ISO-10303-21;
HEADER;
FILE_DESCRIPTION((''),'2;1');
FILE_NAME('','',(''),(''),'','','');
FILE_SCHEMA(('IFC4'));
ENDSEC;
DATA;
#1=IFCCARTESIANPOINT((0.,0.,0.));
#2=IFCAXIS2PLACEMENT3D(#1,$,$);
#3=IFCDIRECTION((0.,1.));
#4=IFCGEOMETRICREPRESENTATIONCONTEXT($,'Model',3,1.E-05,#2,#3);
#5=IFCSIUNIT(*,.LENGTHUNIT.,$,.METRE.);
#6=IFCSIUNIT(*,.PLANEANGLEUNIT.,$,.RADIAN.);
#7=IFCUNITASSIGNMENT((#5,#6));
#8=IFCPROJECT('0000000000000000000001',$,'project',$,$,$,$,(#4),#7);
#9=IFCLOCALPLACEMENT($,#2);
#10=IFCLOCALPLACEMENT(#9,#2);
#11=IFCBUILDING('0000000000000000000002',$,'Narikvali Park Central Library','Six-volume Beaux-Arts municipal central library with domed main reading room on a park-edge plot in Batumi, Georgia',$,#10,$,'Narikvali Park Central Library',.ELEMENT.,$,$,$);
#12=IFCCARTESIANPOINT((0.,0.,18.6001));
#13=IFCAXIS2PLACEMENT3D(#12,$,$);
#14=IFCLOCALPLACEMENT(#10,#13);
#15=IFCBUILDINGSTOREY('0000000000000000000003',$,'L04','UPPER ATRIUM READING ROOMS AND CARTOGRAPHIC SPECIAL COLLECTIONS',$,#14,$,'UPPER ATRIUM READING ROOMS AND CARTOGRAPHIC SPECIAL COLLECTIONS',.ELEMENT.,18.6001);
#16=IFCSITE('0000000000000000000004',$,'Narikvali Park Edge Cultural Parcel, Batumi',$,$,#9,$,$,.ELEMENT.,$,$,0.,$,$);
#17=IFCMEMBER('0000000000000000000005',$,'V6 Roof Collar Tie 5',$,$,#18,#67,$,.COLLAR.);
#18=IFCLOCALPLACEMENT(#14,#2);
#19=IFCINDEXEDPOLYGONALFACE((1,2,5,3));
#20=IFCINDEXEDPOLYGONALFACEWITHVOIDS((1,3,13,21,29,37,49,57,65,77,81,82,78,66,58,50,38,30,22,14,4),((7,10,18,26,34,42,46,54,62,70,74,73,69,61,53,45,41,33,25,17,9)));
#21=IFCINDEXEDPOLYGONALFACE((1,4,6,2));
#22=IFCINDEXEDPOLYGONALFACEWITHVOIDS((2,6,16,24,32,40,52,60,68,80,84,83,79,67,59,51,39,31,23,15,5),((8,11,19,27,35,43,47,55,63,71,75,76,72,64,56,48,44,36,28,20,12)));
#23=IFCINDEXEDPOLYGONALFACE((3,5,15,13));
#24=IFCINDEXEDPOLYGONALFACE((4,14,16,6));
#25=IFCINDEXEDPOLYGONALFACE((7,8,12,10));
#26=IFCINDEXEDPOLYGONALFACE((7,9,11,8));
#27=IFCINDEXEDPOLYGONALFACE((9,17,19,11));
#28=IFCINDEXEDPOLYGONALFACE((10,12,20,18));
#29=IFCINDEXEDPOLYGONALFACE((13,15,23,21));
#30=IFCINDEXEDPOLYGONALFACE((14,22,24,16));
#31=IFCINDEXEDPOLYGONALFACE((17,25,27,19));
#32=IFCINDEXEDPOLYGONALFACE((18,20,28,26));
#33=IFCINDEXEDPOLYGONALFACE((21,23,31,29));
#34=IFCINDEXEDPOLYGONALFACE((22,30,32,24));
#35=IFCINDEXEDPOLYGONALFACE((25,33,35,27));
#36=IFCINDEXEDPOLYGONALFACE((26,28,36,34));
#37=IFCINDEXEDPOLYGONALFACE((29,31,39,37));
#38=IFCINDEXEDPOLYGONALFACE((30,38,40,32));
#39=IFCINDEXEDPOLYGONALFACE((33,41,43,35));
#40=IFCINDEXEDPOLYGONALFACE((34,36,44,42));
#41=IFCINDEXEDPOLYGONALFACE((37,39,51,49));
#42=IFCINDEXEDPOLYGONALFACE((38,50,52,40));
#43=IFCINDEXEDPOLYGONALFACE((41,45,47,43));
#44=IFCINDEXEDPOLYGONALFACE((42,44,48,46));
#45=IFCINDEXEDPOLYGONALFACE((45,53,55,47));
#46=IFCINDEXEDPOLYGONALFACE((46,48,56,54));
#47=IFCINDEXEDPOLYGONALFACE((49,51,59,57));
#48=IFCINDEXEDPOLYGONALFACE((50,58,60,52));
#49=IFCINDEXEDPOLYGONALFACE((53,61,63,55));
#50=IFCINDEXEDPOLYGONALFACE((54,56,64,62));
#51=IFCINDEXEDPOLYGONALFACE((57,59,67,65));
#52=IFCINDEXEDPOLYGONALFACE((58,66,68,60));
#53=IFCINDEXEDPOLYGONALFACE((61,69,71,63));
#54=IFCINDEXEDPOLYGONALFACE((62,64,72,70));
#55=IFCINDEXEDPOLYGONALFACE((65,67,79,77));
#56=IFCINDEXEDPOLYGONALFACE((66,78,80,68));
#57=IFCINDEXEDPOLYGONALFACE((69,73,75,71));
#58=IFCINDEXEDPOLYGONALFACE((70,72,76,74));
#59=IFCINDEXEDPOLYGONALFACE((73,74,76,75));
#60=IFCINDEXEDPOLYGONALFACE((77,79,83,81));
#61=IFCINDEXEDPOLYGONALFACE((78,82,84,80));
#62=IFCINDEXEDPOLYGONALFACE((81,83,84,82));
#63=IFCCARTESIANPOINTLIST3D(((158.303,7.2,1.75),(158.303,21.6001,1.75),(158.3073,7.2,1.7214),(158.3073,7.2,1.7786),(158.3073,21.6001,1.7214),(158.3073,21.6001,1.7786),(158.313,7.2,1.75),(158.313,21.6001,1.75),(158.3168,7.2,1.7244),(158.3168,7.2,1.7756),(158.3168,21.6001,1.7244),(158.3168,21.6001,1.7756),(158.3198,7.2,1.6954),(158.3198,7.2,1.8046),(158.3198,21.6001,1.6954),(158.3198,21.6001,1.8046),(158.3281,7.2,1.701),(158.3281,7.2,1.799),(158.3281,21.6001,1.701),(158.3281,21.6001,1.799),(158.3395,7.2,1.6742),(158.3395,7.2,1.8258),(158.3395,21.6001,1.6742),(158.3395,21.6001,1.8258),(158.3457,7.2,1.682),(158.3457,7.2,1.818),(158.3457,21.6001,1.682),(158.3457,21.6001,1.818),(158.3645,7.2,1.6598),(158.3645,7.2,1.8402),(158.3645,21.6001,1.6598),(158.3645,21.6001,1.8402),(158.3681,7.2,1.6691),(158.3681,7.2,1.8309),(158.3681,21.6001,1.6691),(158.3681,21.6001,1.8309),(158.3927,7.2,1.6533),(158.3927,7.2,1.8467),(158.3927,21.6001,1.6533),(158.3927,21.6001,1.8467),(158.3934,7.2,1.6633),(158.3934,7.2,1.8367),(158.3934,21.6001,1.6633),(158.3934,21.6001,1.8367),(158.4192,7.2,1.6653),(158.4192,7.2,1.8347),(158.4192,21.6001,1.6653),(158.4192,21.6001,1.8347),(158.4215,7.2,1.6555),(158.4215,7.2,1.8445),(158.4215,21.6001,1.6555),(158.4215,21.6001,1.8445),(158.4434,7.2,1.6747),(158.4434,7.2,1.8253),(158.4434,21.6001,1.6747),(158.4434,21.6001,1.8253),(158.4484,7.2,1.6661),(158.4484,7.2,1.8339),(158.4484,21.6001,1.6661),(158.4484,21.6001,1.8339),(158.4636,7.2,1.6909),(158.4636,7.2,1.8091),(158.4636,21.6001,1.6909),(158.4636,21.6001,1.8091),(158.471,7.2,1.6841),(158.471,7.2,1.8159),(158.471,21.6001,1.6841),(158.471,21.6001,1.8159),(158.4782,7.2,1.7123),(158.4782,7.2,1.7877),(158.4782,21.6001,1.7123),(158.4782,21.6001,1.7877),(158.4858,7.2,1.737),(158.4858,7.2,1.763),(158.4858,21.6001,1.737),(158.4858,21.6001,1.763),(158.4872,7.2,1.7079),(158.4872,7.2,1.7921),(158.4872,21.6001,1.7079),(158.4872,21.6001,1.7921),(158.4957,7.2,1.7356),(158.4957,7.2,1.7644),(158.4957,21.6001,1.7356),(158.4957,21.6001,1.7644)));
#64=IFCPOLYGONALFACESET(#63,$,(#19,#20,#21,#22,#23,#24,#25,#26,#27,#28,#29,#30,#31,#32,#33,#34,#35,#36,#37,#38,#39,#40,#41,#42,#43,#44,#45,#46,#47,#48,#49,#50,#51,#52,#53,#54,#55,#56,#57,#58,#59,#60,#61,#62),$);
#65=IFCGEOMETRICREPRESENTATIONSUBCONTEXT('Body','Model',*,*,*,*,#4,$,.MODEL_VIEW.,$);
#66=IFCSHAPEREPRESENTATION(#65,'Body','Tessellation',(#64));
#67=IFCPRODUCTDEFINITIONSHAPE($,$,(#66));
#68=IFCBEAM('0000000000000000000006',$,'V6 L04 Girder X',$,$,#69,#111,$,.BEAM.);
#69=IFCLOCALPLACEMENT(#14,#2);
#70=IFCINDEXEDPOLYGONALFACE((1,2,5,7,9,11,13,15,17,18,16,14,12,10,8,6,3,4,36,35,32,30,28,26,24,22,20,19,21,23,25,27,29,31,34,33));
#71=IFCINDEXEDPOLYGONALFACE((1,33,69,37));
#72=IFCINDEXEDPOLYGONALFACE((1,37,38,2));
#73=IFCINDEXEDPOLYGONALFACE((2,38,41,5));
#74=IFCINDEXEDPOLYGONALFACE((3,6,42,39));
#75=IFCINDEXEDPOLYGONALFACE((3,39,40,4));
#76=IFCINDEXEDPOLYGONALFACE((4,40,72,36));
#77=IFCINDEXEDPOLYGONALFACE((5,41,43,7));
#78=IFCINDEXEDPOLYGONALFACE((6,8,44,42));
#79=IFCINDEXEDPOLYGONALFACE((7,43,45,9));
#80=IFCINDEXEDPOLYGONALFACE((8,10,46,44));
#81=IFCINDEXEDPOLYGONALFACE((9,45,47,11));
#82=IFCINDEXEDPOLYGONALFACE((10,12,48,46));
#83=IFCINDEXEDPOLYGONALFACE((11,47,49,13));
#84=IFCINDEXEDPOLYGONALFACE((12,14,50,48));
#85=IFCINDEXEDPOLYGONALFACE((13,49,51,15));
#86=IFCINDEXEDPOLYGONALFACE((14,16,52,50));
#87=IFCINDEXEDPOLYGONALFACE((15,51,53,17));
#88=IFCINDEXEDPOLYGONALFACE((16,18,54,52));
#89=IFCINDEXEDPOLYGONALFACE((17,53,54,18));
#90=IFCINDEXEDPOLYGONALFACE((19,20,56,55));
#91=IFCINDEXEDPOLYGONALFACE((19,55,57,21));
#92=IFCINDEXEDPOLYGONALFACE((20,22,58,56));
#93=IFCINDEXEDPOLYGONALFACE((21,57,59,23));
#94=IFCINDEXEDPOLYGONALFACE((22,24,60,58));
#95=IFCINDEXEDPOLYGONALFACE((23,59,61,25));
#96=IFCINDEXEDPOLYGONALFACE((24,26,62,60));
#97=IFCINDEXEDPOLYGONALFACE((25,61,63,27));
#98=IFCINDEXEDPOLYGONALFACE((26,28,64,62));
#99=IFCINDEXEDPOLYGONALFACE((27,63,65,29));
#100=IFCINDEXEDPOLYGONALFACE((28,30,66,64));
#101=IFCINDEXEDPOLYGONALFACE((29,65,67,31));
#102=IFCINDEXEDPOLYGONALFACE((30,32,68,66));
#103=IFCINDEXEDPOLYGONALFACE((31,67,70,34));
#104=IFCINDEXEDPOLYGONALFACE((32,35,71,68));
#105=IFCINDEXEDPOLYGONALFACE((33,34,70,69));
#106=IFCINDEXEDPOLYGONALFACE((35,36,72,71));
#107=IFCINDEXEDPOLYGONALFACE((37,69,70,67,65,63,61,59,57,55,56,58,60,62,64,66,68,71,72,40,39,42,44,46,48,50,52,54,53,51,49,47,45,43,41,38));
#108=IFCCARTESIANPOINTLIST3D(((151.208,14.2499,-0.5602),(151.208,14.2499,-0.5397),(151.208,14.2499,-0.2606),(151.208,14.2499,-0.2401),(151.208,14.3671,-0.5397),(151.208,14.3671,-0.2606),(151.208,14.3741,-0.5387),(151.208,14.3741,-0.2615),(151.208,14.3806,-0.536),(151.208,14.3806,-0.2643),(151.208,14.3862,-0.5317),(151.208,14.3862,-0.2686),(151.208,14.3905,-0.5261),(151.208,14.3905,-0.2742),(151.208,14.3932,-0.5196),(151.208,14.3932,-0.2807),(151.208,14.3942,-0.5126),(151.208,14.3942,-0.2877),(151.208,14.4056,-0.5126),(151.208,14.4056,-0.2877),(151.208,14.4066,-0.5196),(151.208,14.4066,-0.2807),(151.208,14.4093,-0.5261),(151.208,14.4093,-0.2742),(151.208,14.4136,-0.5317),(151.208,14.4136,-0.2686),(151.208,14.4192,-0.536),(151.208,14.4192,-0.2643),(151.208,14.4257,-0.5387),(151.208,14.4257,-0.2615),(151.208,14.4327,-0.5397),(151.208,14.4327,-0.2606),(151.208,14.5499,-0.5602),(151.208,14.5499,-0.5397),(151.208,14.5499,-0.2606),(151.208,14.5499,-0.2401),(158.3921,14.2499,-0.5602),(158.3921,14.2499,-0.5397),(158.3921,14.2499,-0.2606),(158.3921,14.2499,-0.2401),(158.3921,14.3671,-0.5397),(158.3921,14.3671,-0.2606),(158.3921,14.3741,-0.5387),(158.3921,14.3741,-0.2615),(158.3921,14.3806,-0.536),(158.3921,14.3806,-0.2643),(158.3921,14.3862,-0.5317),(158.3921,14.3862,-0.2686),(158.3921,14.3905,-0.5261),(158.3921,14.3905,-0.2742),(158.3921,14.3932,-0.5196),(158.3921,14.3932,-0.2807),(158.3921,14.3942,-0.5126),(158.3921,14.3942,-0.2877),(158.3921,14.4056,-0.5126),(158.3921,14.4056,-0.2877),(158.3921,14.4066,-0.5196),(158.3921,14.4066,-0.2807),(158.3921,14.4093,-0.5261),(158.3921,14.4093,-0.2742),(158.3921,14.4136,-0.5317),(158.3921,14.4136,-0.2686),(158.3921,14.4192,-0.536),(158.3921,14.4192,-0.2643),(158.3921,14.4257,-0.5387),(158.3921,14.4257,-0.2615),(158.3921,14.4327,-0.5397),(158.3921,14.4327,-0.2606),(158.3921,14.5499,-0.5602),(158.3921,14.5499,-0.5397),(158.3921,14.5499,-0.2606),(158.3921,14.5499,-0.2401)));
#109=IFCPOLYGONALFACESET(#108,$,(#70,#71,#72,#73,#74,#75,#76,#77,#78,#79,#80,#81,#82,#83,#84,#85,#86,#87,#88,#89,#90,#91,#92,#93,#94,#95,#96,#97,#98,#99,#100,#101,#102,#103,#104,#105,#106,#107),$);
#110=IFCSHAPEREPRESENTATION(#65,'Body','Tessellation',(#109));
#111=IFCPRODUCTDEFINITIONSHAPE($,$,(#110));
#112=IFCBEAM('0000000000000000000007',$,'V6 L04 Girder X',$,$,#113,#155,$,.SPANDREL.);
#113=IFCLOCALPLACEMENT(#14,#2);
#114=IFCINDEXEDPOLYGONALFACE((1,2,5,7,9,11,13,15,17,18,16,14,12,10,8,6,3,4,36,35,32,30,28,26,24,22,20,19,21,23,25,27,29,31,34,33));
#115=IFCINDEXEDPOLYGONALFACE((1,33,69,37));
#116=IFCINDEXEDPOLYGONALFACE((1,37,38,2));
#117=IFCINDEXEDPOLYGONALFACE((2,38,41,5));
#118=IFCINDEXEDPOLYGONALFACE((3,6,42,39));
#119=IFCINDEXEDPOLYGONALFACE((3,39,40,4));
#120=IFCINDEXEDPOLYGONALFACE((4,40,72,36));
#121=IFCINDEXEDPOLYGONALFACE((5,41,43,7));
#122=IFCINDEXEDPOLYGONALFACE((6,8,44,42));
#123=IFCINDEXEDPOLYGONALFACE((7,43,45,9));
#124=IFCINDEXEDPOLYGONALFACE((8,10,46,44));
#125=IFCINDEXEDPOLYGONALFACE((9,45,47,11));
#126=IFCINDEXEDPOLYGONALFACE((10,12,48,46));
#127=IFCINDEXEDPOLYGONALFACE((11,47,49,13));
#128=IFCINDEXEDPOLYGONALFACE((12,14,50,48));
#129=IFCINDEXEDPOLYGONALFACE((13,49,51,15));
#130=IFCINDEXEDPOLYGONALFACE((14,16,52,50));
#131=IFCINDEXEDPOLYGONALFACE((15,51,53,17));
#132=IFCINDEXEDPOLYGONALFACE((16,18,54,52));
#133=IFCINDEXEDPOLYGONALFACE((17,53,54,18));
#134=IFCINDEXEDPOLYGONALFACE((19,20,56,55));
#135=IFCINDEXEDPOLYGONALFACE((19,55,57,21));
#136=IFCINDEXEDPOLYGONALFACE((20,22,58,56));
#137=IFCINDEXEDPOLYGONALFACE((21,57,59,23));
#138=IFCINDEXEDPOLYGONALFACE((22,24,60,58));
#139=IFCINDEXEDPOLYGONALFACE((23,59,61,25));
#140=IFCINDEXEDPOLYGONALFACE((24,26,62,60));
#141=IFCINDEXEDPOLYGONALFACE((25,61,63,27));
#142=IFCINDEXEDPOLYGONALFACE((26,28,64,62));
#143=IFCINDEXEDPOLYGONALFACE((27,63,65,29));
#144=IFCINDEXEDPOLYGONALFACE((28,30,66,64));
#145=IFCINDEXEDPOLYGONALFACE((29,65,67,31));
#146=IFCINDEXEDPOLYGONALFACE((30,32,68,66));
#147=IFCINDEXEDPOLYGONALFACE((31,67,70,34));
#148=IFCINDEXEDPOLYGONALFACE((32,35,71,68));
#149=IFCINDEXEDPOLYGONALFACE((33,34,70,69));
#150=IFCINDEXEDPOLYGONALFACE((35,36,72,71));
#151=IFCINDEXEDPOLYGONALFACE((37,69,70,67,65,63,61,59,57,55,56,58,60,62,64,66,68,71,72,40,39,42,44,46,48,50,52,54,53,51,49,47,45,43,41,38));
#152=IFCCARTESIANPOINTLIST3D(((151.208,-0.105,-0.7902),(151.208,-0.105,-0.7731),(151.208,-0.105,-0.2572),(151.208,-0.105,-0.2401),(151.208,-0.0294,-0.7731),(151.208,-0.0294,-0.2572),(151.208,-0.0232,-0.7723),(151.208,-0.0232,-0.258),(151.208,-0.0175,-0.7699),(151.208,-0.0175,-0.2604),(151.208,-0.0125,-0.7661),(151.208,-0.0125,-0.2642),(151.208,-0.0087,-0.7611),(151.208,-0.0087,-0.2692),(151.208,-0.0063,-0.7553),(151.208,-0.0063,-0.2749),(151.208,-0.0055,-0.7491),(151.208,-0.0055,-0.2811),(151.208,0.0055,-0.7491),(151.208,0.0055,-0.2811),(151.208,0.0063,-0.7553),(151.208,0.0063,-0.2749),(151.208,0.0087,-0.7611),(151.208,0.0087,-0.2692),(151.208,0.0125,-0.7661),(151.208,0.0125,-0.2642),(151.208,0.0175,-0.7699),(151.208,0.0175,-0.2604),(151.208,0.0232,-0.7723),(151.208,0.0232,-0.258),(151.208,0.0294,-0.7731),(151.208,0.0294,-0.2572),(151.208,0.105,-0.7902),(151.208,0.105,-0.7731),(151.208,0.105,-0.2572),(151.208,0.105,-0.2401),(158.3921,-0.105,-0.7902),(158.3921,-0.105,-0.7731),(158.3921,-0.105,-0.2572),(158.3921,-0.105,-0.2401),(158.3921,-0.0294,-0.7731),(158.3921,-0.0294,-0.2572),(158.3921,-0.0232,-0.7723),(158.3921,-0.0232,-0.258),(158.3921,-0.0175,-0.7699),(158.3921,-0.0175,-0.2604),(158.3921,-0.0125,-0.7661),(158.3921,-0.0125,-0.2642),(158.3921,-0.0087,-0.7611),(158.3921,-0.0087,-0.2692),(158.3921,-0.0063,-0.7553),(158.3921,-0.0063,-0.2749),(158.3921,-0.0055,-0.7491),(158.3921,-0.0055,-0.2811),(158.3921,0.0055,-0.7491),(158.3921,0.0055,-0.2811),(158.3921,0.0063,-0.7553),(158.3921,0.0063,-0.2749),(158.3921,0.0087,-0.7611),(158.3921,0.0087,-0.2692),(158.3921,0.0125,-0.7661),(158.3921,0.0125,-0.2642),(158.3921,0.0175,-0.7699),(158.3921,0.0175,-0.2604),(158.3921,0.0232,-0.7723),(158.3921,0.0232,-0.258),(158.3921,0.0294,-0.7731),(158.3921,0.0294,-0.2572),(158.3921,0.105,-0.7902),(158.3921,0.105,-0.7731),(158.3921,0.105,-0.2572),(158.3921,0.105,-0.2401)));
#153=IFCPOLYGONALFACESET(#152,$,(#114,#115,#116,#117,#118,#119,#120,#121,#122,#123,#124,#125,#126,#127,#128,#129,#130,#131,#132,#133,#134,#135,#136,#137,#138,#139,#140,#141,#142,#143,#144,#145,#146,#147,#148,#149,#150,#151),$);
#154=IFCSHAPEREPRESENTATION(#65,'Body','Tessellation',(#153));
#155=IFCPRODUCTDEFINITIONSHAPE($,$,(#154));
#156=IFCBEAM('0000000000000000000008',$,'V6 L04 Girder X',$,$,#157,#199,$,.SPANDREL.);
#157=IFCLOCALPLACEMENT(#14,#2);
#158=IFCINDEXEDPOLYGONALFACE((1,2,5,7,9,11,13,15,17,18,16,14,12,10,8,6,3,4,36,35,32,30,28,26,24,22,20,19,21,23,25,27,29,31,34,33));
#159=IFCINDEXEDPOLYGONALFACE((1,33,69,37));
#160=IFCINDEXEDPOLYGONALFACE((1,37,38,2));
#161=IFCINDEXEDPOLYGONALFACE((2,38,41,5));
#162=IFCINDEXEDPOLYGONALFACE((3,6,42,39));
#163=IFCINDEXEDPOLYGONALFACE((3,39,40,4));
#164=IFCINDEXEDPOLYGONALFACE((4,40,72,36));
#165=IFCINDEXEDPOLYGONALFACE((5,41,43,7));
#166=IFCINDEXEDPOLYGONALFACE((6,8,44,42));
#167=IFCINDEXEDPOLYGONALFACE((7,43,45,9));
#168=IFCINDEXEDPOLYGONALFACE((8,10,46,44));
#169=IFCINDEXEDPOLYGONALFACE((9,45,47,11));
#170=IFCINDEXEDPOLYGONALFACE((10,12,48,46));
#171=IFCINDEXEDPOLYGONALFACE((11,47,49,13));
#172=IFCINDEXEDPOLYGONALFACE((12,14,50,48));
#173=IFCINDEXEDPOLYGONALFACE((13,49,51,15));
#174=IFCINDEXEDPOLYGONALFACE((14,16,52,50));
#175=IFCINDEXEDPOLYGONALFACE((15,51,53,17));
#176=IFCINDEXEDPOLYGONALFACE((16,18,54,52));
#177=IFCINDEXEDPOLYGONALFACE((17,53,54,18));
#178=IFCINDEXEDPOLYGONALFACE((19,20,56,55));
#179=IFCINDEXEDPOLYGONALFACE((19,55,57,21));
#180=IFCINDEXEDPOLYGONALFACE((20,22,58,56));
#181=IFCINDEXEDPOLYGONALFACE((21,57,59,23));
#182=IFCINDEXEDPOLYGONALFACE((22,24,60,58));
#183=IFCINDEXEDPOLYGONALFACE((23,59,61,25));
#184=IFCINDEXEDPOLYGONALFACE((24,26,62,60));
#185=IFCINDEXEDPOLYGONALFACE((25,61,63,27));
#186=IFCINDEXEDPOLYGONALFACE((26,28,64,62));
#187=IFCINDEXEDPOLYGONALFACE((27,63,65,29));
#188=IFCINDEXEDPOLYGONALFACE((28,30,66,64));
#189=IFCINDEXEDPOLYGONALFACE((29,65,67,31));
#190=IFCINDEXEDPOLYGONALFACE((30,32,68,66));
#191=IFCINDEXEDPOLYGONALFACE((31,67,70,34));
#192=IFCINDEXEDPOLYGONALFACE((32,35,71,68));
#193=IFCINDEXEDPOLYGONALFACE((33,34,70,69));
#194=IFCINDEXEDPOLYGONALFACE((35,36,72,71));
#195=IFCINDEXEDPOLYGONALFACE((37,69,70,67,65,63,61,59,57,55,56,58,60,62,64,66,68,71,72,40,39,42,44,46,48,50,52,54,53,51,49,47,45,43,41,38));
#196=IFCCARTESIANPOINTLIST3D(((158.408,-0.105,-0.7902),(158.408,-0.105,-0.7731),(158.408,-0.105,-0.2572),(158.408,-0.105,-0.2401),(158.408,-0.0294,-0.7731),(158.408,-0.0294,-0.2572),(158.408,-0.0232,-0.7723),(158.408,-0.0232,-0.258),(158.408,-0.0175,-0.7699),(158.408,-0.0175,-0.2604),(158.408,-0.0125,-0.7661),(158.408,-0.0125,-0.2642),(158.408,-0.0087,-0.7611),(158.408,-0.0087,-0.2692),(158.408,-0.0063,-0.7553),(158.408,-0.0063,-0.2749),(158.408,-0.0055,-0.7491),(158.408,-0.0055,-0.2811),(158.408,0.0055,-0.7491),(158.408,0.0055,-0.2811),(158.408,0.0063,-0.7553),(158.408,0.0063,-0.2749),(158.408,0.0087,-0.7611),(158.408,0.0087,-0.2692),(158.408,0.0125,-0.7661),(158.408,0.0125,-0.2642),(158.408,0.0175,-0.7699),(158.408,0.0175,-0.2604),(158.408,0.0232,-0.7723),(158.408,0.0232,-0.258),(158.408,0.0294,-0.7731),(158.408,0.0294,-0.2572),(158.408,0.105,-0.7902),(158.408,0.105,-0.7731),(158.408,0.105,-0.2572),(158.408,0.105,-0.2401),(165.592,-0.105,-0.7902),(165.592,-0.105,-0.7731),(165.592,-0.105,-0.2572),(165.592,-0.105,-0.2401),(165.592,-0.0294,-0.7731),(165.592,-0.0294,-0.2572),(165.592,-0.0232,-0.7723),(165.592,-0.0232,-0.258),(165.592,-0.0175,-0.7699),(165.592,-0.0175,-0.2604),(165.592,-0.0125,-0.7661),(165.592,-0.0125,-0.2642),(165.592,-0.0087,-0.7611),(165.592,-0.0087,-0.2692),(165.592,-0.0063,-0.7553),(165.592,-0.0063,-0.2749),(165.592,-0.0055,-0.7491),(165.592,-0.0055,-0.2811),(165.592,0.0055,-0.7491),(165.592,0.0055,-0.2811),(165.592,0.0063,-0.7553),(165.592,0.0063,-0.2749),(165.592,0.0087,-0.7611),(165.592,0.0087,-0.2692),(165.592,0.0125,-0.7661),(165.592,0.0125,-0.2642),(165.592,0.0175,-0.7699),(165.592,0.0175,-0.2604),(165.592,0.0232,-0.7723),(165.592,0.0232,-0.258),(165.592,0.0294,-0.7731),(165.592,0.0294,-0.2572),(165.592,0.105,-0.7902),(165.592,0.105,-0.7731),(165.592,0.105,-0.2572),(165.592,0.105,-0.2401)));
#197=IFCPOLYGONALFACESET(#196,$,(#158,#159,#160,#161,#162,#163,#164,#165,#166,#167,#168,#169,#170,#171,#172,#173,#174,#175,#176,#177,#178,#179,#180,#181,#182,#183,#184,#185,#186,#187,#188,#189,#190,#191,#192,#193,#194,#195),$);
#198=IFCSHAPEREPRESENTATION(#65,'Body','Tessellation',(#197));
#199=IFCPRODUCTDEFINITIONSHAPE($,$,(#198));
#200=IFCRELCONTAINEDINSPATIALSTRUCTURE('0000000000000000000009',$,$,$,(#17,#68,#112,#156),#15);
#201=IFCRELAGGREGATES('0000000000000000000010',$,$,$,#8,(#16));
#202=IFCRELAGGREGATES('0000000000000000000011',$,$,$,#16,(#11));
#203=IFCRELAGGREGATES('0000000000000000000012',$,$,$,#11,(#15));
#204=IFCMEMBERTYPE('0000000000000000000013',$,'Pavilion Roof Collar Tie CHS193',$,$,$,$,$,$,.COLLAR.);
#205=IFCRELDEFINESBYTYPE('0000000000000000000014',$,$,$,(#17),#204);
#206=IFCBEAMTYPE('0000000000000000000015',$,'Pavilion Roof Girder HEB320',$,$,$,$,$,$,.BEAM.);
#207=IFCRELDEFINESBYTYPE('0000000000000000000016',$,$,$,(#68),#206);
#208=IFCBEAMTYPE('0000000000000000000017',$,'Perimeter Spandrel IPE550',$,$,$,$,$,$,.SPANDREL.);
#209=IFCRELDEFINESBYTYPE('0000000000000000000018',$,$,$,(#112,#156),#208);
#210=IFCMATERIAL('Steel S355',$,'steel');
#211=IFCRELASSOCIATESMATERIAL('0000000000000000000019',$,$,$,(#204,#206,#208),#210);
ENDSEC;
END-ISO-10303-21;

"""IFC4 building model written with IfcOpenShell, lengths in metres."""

from ifc_helpers import new_model, si_unit, direction, frame, origin, origin_2d, place, context, subcontext, project, spatial, hollow_circle, i_section, extrude, material, material_profile, profile_set, type_object, element, save


model = new_model("IFC4")

# Units and contexts
model_context = context("Model", 3, precision=1e-05, world=origin(), true_north=direction((0.0, 1.0)))
body_context = subcontext(model_context, "Body", "Model", "MODEL_VIEW")
ifc_project = project(units=[si_unit("LENGTHUNIT", "METRE"), si_unit("PLANEANGLEUNIT", "RADIAN")], contexts=[model_context])

# Site, building, storey
site_placement = place(None, origin())
site = spatial("IfcSite", under=ifc_project, at=site_placement, Name="Narikvali Park Edge Cultural Parcel, Batumi", CompositionType="ELEMENT", RefElevation=0.0)
building_placement = place(site_placement, origin())
building = spatial("IfcBuilding", under=site, at=building_placement, Name="Narikvali Park Central Library", Description="Six-volume Beaux-Arts municipal central library with domed main reading room on a park-edge plot in Batumi, Georgia", LongName="Narikvali Park Central Library", CompositionType="ELEMENT")
storey_placement = place(building_placement, frame((0.0, 0.0, 18.6001)))
storey = spatial("IfcBuildingStorey", under=building, at=storey_placement, Name="L04", Description="UPPER ATRIUM READING ROOMS AND CARTOGRAPHIC SPECIAL COLLECTIONS", LongName="UPPER ATRIUM READING ROOMS AND CARTOGRAPHIC SPECIAL COLLECTIONS", CompositionType="ELEMENT", Elevation=18.6001)

# Shared definitions
ifc_material_1 = material(Name="Steel S355", Category="steel")

# Member
ifc_material_profile_1 = material_profile(ifc_material_1, hollow_circle(Radius=0.0969, WallThickness=0.01, at=origin_2d()), Name="CHS 193.7x10")
ifc_profile_set_1 = profile_set([ifc_material_profile_1], Name="Steel S355")
member_type_1 = type_object("IfcMemberType", Name="Pavilion Roof Collar Tie CHS193", PredefinedType="COLLAR", material=ifc_profile_set_1)
member_1_placement = place(storey_placement, frame((158.3999, 7.2, 1.75), z_axis=(0.0, 1.0, 0.0), x_axis=(-1.0, 0.0, 0.0)))
element("IfcMember", 1, at=member_1_placement, inside=storey, type_object=member_type_1, Name="V6 Roof Collar Tie 5", PredefinedType="COLLAR", context=body_context, shape_type="SweptSolid", body=[
    extrude(hollow_circle(Radius=0.0969, WallThickness=0.01, at=origin_2d()), origin(), (0.0, 0.0, 1.0), 14.4001),
])

# Beams
ifc_material_profile_2 = material_profile(ifc_material_1, i_section(OverallWidth=0.3, OverallDepth=0.3201, WebThickness=0.0115, FlangeThickness=0.0205, FilletRadius=0.0271, at=origin_2d()), Name="HEB 320")
ifc_profile_set_2 = profile_set([ifc_material_profile_2], Name="Steel S355")
beam_type_1 = type_object("IfcBeamType", Name="Pavilion Roof Girder HEB320", PredefinedType="BEAM", material=ifc_profile_set_2)
beam_1_placement = place(storey_placement, frame((151.208, 14.3999, -0.4001), z_axis=(1.0, 0.0, 0.0), x_axis=(0.0, 1.0, 0.0)))
element("IfcBeam", 2, at=beam_1_placement, inside=storey, type_object=beam_type_1, Name="V6 L04 Girder X", PredefinedType="BEAM", context=body_context, shape_type="SweptSolid", body=[
    extrude(i_section(OverallWidth=0.3, OverallDepth=0.3201, WebThickness=0.0115, FlangeThickness=0.0205, FilletRadius=0.0271, at=origin_2d()), origin(), (0.0, 0.0, 1.0), 7.1841),
])
ifc_material_profile_3 = material_profile(ifc_material_1, i_section(OverallWidth=0.21, OverallDepth=0.55, WebThickness=0.011, FlangeThickness=0.0171, FilletRadius=0.0239, at=origin_2d()), Name="IPE 550")
ifc_profile_set_3 = profile_set([ifc_material_profile_3], Name="Steel S355")
beam_type_2 = type_object("IfcBeamType", Name="Perimeter Spandrel IPE550", PredefinedType="SPANDREL", material=ifc_profile_set_3)
for number, where, z_axis, x_axis, name in (
    (3, (151.208, 0.0, -0.5151), (1.0, 0.0, 0.0), (0.0, 1.0, 0.0), "V6 L04 Girder X"),
    (4, (158.408, 0.0, -0.5151), (1.0, 0.0, 0.0), (0.0, 1.0, 0.0), "V6 L04 Girder X"),
):
    element("IfcBeam", number, at=place(storey_placement, frame(where, z_axis=z_axis, x_axis=x_axis)), inside=storey, type_object=beam_type_2, Name=name, PredefinedType="SPANDREL", context=body_context, shape_type="SweptSolid", body=[
        extrude(i_section(OverallWidth=0.21, OverallDepth=0.55, WebThickness=0.011, FlangeThickness=0.0171, FilletRadius=0.0239, at=origin_2d()), origin(), (0.0, 0.0, 1.0), 7.1841),
    ])

save(model, "model.ifc")
